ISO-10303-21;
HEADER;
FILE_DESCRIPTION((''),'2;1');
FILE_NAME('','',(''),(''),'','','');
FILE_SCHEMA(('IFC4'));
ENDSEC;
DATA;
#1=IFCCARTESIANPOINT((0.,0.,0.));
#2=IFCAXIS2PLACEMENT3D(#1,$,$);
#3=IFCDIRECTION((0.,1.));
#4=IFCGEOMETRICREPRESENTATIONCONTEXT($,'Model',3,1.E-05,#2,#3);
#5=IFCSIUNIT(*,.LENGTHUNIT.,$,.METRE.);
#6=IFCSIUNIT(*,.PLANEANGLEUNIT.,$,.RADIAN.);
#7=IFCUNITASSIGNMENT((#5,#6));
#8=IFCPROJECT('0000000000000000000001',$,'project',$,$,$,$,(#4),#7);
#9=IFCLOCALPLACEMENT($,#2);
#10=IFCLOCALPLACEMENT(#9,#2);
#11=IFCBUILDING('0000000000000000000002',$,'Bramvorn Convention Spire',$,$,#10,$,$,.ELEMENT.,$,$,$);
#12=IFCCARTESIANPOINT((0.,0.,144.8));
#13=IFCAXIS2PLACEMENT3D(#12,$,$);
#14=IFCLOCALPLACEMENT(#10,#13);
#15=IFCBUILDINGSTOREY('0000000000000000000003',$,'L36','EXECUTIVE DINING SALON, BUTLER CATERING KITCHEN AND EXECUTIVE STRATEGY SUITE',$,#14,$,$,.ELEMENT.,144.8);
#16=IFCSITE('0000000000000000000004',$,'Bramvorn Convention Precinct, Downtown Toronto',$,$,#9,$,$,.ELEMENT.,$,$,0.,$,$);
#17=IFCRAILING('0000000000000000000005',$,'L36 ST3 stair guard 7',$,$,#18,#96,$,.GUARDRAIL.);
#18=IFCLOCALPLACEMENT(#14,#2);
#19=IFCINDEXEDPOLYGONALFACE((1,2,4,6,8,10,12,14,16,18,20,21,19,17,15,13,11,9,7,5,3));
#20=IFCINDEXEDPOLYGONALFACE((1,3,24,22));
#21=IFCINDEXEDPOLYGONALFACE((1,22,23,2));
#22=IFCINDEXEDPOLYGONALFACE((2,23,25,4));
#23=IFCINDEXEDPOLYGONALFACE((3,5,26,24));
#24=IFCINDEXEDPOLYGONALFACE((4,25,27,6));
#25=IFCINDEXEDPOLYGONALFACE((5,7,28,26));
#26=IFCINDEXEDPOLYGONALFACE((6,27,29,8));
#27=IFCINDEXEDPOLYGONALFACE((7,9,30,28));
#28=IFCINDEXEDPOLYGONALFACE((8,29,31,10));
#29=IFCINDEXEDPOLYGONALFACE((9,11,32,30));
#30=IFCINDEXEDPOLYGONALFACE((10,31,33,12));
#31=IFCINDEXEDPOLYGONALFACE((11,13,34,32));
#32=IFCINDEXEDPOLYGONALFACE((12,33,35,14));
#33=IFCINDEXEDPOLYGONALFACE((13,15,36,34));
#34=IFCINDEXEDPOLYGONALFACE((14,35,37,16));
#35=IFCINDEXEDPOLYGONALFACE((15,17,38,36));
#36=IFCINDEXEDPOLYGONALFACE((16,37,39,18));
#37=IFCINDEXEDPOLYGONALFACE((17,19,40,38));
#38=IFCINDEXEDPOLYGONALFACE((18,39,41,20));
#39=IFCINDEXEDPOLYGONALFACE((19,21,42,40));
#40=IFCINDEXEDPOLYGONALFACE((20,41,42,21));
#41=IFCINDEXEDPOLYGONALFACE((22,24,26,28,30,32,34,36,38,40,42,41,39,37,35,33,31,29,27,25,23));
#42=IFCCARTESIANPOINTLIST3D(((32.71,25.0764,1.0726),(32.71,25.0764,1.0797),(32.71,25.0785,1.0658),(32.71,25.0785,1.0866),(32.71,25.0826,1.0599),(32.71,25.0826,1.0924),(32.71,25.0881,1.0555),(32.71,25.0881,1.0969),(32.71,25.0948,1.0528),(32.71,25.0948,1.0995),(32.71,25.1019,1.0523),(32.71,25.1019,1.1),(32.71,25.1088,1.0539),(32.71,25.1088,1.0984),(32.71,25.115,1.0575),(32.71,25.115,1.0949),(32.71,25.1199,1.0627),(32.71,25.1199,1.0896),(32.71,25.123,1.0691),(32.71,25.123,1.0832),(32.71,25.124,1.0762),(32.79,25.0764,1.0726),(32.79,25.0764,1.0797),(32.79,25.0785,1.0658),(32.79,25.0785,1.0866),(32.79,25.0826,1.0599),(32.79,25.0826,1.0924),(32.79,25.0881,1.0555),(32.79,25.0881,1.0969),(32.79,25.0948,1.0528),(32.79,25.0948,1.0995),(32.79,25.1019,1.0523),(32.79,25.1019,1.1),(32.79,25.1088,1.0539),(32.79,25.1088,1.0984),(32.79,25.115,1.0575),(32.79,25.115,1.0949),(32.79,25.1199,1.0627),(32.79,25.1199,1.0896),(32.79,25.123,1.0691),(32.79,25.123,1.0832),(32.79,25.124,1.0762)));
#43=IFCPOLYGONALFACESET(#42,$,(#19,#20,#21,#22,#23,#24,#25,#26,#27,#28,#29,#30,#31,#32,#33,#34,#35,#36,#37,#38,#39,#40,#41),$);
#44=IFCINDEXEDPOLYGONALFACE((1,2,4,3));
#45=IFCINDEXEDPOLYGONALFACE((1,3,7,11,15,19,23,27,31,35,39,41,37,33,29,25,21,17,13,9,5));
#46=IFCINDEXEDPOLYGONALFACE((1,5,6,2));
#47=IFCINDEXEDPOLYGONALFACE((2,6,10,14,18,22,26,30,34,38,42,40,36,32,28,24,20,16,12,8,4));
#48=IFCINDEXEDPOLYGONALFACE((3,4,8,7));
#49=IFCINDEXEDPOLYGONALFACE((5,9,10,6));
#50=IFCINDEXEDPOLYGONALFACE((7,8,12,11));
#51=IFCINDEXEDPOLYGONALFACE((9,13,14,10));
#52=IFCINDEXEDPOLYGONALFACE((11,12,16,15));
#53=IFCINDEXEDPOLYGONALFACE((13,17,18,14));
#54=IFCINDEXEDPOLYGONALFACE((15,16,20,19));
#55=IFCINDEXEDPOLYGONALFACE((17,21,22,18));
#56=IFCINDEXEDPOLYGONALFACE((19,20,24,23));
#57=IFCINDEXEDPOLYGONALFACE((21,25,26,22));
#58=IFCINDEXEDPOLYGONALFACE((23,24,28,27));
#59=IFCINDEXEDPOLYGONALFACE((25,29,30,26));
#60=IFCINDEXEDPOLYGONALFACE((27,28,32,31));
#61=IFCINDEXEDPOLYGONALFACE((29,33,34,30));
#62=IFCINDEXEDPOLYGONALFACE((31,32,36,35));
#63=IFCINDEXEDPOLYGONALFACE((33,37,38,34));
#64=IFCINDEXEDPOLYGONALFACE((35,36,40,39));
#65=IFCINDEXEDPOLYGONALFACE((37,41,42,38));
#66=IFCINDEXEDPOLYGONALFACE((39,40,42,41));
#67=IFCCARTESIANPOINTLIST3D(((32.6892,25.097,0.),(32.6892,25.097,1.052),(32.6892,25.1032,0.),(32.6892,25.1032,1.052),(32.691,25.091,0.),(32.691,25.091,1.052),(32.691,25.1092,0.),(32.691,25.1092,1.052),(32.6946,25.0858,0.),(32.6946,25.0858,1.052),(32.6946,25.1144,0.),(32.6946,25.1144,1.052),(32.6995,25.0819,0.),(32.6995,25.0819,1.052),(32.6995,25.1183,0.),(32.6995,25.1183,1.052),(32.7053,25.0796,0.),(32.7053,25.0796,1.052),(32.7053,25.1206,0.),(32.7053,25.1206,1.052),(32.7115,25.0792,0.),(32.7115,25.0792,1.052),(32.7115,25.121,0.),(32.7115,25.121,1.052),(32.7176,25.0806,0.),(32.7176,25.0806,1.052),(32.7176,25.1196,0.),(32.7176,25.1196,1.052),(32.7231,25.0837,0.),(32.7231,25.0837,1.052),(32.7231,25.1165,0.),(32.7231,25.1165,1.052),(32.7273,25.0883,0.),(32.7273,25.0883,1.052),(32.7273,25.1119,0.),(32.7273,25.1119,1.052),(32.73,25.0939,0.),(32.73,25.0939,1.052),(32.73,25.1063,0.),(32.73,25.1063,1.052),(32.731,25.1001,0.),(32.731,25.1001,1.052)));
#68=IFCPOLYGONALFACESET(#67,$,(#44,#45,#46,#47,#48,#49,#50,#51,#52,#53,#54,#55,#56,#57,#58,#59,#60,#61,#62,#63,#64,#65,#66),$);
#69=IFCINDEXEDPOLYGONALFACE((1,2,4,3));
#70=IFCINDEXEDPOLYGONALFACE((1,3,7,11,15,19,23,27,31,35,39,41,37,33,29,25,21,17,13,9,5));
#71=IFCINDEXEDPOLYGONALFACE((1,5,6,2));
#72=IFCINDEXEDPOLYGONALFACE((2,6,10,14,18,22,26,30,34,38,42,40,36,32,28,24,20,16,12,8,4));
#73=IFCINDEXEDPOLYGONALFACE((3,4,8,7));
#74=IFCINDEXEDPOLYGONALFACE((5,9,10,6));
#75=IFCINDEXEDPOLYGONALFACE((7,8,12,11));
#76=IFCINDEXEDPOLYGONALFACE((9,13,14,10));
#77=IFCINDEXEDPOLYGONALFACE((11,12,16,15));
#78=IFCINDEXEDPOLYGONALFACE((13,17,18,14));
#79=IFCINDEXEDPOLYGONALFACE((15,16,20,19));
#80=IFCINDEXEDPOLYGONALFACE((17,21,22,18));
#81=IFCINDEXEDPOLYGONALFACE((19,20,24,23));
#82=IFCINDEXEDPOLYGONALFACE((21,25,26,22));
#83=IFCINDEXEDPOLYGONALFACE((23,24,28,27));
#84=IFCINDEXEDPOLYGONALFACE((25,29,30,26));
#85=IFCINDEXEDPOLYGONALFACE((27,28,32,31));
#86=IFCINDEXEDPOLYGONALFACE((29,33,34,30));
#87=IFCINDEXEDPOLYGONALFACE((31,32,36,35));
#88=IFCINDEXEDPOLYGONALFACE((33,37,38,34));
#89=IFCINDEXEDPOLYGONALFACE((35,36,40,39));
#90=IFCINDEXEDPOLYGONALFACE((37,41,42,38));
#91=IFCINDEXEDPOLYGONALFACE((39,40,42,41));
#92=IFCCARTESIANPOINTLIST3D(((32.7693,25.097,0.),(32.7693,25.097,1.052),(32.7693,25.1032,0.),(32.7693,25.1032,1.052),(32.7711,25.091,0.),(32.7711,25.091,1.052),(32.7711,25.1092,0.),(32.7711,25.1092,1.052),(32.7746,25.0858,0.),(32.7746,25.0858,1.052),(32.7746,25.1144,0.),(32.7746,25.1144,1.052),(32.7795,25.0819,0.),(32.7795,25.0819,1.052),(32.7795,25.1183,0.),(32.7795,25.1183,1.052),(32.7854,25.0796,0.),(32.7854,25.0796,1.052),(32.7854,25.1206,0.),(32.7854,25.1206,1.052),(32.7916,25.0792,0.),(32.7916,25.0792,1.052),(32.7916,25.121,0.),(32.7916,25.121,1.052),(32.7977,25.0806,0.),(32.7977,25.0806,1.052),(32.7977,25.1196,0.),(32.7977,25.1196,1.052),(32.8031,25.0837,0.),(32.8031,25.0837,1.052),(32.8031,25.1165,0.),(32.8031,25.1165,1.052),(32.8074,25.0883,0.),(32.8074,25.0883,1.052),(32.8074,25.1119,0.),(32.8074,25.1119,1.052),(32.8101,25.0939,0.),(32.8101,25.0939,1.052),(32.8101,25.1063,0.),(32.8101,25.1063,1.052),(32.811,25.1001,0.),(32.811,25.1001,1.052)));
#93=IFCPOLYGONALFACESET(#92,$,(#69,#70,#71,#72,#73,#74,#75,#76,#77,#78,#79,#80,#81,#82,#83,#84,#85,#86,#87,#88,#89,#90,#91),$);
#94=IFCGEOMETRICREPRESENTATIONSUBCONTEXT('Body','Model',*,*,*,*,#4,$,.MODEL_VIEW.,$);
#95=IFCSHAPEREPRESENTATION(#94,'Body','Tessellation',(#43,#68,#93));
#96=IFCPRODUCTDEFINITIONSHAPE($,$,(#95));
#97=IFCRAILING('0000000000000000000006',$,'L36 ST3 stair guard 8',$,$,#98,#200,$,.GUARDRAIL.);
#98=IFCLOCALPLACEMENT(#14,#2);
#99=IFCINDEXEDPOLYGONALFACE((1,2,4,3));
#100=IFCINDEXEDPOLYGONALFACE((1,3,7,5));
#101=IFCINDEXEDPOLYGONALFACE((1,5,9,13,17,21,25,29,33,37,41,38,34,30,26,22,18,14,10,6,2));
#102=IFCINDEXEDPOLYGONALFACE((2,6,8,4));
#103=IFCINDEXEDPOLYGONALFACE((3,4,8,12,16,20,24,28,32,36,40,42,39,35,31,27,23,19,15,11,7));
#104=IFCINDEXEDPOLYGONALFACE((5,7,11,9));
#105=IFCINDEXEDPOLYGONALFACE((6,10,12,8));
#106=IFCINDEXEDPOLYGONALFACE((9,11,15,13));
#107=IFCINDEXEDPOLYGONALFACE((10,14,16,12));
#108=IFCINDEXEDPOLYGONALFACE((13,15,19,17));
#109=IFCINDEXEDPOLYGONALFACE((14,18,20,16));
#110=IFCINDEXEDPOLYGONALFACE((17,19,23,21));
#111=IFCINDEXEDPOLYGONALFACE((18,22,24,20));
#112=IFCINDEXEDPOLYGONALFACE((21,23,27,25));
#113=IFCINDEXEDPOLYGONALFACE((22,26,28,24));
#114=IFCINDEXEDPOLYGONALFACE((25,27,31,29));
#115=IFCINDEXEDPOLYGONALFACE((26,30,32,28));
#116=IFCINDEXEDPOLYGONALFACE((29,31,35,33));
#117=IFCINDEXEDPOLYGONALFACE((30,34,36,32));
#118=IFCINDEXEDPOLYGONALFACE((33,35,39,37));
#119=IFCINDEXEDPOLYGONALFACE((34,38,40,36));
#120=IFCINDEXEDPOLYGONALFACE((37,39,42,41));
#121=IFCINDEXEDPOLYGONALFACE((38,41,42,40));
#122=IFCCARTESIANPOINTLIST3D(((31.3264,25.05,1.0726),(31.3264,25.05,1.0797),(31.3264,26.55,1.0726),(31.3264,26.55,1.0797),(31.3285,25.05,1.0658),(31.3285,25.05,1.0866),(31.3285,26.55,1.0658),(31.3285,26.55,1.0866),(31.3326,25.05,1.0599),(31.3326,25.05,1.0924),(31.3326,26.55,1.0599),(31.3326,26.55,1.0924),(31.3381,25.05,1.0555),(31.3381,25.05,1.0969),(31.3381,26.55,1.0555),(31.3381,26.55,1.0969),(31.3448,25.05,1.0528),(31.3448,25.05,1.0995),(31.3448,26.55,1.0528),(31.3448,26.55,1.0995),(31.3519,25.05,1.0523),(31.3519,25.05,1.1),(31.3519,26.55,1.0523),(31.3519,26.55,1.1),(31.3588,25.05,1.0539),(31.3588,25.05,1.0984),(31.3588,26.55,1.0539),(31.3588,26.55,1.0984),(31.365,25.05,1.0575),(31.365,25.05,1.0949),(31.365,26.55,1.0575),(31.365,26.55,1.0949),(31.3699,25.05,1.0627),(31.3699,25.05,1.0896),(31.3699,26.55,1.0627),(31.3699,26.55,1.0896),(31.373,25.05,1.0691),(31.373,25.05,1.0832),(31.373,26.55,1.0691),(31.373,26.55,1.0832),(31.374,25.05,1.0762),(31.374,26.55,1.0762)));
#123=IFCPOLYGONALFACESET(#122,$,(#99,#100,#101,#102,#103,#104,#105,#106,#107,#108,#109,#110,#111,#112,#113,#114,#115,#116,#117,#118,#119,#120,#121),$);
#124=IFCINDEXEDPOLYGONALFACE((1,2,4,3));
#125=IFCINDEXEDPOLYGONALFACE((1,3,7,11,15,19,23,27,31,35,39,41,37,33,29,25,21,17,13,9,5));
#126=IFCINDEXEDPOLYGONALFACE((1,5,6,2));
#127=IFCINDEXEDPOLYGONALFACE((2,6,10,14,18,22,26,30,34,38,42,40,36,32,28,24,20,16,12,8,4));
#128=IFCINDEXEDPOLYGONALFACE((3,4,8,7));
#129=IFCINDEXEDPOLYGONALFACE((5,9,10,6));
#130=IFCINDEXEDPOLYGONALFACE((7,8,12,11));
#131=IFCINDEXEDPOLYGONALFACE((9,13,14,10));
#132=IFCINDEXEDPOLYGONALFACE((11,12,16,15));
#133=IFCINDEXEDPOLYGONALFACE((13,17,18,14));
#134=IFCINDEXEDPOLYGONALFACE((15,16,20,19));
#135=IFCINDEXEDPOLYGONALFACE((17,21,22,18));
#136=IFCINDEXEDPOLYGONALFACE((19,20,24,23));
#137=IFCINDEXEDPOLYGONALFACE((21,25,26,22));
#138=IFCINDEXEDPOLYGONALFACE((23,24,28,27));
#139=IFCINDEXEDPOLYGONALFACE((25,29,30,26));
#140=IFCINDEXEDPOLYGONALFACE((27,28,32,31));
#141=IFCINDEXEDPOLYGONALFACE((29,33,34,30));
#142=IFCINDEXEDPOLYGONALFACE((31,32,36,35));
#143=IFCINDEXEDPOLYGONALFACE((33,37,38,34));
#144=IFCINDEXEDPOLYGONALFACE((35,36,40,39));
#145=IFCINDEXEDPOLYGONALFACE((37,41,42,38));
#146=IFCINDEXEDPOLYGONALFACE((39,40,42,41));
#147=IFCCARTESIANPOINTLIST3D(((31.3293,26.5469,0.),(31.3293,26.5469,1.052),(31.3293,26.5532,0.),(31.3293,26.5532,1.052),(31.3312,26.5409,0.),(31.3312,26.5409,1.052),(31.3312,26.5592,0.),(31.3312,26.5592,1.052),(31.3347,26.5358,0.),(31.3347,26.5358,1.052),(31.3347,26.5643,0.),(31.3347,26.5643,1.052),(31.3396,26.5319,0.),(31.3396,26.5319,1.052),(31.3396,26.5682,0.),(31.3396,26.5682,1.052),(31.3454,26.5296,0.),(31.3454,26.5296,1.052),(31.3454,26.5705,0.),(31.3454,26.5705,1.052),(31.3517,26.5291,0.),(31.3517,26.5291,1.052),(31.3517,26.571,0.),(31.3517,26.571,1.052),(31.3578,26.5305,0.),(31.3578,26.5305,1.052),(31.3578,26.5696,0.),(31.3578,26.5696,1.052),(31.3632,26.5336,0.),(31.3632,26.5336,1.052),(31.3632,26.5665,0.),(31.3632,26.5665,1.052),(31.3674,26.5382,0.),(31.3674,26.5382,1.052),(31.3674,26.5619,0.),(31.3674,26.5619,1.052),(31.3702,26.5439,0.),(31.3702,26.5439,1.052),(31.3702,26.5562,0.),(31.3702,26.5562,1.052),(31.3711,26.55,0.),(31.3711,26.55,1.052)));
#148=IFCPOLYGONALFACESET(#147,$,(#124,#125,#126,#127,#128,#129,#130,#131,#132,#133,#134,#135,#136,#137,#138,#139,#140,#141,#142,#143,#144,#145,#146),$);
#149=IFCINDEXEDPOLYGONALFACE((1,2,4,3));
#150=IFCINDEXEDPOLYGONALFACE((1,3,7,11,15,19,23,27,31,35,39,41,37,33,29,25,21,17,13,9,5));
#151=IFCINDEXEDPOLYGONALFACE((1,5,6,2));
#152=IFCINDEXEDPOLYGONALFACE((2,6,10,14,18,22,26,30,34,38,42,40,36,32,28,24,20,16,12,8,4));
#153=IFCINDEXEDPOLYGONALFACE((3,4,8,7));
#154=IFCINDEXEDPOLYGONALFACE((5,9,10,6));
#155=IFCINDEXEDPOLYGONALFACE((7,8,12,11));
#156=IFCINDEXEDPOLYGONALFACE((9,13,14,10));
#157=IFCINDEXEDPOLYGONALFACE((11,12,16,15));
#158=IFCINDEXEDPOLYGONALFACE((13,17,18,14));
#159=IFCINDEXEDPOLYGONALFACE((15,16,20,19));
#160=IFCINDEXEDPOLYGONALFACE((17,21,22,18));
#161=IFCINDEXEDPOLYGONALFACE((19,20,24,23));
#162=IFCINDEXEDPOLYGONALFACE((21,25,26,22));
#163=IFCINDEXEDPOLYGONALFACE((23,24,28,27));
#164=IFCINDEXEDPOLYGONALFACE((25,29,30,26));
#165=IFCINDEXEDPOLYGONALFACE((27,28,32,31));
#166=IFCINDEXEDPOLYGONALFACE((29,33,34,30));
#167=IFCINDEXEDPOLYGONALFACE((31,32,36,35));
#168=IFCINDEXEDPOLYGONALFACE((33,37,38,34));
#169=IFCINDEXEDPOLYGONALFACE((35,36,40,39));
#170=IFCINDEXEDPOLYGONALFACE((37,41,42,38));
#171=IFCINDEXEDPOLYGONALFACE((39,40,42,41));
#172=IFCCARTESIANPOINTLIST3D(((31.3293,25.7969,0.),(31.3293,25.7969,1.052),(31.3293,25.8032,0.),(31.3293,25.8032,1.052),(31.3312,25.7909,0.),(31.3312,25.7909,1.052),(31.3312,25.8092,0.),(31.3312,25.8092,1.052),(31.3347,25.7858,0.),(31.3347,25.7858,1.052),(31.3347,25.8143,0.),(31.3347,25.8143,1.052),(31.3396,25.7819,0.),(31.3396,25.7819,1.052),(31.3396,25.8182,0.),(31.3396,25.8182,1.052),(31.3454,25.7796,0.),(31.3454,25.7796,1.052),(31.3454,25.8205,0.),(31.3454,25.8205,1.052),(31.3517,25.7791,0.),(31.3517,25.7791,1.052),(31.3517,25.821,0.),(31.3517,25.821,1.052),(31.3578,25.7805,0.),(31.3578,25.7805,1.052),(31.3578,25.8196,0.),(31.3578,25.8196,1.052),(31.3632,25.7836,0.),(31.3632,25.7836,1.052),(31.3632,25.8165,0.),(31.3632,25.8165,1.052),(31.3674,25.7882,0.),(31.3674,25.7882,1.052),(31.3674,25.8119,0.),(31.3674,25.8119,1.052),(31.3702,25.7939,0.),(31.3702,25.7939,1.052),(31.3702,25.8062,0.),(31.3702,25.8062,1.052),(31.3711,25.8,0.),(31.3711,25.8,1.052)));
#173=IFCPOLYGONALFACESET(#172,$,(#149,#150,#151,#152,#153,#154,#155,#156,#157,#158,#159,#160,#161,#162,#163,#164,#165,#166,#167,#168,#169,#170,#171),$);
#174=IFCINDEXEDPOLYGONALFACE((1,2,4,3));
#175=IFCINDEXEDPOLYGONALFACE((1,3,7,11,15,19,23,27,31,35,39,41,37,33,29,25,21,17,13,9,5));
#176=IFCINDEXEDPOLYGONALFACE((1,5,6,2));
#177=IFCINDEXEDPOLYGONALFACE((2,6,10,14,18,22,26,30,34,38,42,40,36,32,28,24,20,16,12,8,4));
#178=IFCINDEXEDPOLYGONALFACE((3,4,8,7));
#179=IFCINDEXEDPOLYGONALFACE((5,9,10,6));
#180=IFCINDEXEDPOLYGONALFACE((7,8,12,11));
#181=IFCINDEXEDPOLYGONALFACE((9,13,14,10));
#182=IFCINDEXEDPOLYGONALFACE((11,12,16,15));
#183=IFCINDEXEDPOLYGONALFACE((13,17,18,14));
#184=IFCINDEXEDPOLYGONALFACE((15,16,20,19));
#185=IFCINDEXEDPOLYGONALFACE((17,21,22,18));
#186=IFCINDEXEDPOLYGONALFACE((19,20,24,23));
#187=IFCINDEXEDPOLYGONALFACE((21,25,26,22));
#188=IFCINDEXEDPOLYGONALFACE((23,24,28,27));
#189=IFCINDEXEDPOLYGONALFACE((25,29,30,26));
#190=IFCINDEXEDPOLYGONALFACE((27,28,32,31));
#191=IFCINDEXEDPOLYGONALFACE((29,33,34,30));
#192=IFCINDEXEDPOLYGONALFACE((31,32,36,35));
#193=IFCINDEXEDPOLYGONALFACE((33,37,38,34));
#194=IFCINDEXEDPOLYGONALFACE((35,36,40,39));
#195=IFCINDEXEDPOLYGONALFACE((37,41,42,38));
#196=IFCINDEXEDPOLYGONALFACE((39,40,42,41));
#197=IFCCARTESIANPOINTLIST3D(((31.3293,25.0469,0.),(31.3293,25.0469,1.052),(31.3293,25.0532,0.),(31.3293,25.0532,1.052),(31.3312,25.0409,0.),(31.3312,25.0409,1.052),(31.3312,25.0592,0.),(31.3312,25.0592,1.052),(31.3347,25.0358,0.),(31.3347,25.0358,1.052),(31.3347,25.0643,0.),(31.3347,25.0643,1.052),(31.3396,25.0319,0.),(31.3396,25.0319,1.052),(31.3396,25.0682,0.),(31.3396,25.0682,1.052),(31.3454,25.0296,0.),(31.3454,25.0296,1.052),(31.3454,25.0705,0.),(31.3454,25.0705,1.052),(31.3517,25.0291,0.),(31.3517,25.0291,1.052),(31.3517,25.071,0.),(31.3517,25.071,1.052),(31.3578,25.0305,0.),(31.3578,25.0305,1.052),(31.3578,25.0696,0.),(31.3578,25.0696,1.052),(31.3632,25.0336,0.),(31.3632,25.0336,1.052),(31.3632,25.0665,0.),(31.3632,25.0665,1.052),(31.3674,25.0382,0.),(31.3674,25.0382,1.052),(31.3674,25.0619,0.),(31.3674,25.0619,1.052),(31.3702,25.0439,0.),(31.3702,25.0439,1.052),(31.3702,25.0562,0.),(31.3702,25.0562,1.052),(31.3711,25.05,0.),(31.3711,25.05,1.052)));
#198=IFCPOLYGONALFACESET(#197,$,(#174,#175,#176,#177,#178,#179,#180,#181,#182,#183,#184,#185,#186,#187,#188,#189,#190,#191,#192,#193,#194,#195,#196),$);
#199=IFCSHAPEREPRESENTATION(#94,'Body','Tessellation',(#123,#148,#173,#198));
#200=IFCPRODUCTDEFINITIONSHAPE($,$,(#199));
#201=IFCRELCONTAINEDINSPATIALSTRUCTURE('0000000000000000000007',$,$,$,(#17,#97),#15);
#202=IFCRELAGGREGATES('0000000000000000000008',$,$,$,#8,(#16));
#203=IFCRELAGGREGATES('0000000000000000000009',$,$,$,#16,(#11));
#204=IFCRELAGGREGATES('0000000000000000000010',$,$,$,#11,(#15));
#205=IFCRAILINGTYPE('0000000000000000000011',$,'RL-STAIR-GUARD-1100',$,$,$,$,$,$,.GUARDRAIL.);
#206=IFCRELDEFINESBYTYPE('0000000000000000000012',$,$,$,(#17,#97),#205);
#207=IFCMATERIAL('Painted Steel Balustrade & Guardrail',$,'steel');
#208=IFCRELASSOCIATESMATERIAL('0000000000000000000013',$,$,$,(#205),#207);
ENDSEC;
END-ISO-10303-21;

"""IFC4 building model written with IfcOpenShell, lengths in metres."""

from ifc_helpers import new_model, si_unit, direction, frame, origin, origin_2d, place, context, subcontext, project, spatial, circle, extrude, material, type_object, element, save


model = new_model("IFC4")

# Units and contexts
model_context = context("Model", 3, precision=1e-05, world=origin(), true_north=direction((0.0, 1.0)))
body_context = subcontext(model_context, "Body", "Model", "MODEL_VIEW")
ifc_project = project(units=[si_unit("LENGTHUNIT", "METRE"), si_unit("PLANEANGLEUNIT", "RADIAN")], contexts=[model_context])

# Site, building, storey
site_placement = place(None, origin())
site = spatial("IfcSite", under=ifc_project, at=site_placement, Name="Bramvorn Convention Precinct, Downtown Toronto", CompositionType="ELEMENT", RefElevation=0.0)
building_placement = place(site_placement, origin())
building = spatial("IfcBuilding", under=site, at=building_placement, Name="Bramvorn Convention Spire", CompositionType="ELEMENT")
storey_placement = place(building_placement, frame((0.0, 0.0, 144.8)))
storey = spatial("IfcBuildingStorey", under=building, at=storey_placement, Name="L36", Description="EXECUTIVE DINING SALON, BUTLER CATERING KITCHEN AND EXECUTIVE STRATEGY SUITE", CompositionType="ELEMENT", Elevation=144.8)

# Railings
ifc_material_1 = material(Name="Painted Steel Balustrade & Guardrail", Category="steel")
railing_type_1 = type_object("IfcRailingType", Name="RL-STAIR-GUARD-1100", PredefinedType="GUARDRAIL", material=ifc_material_1)
railing_1_placement = place(storey_placement, frame((32.71, 25.1001, 0.0)))
element("IfcRailing", 1, at=railing_1_placement, inside=storey, type_object=railing_type_1, Name="L36 ST3 stair guard 7", PredefinedType="GUARDRAIL", context=body_context, shape_type="SweptSolid", body=[
    extrude(circle(Radius=0.0239, at=origin_2d()), frame((0.0, 0.0, 1.0762), z_axis=(1.0, 0.0, 0.0), x_axis=(0.0, 1.0, 0.0)), (0.0, 0.0, 1.0), 0.0801),
    extrude(circle(Radius=0.021, at=origin_2d()), origin(), (0.0, 0.0, 1.0), 1.052),
    extrude(circle(Radius=0.021, at=origin_2d()), frame((0.0801, 0.0, 0.0)), (0.0, 0.0, 1.0), 1.052),
])
for number, where, name in (
    (2, (31.3501, 26.55, 0.0), "L36 ST3 stair guard 8"),
):
    element("IfcRailing", number, at=place(storey_placement, frame(where)), inside=storey, type_object=railing_type_1, Name=name, PredefinedType="GUARDRAIL", context=body_context, shape_type="SweptSolid", body=[
        extrude(circle(Radius=0.0239, at=origin_2d()), frame((0.0, 0.0, 1.0762), z_axis=(0.0, -1.0, 0.0), x_axis=(1.0, 0.0, 0.0)), (0.0, 0.0, 1.0), 1.5),
        extrude(circle(Radius=0.021, at=origin_2d()), origin(), (0.0, 0.0, 1.0), 1.052),
        extrude(circle(Radius=0.021, at=origin_2d()), frame((0.0, -0.75, 0.0)), (0.0, 0.0, 1.0), 1.052),
        extrude(circle(Radius=0.021, at=origin_2d()), frame((0.0, -1.5, 0.0)), (0.0, 0.0, 1.0), 1.052),
    ])

save(model, "model.ifc")
